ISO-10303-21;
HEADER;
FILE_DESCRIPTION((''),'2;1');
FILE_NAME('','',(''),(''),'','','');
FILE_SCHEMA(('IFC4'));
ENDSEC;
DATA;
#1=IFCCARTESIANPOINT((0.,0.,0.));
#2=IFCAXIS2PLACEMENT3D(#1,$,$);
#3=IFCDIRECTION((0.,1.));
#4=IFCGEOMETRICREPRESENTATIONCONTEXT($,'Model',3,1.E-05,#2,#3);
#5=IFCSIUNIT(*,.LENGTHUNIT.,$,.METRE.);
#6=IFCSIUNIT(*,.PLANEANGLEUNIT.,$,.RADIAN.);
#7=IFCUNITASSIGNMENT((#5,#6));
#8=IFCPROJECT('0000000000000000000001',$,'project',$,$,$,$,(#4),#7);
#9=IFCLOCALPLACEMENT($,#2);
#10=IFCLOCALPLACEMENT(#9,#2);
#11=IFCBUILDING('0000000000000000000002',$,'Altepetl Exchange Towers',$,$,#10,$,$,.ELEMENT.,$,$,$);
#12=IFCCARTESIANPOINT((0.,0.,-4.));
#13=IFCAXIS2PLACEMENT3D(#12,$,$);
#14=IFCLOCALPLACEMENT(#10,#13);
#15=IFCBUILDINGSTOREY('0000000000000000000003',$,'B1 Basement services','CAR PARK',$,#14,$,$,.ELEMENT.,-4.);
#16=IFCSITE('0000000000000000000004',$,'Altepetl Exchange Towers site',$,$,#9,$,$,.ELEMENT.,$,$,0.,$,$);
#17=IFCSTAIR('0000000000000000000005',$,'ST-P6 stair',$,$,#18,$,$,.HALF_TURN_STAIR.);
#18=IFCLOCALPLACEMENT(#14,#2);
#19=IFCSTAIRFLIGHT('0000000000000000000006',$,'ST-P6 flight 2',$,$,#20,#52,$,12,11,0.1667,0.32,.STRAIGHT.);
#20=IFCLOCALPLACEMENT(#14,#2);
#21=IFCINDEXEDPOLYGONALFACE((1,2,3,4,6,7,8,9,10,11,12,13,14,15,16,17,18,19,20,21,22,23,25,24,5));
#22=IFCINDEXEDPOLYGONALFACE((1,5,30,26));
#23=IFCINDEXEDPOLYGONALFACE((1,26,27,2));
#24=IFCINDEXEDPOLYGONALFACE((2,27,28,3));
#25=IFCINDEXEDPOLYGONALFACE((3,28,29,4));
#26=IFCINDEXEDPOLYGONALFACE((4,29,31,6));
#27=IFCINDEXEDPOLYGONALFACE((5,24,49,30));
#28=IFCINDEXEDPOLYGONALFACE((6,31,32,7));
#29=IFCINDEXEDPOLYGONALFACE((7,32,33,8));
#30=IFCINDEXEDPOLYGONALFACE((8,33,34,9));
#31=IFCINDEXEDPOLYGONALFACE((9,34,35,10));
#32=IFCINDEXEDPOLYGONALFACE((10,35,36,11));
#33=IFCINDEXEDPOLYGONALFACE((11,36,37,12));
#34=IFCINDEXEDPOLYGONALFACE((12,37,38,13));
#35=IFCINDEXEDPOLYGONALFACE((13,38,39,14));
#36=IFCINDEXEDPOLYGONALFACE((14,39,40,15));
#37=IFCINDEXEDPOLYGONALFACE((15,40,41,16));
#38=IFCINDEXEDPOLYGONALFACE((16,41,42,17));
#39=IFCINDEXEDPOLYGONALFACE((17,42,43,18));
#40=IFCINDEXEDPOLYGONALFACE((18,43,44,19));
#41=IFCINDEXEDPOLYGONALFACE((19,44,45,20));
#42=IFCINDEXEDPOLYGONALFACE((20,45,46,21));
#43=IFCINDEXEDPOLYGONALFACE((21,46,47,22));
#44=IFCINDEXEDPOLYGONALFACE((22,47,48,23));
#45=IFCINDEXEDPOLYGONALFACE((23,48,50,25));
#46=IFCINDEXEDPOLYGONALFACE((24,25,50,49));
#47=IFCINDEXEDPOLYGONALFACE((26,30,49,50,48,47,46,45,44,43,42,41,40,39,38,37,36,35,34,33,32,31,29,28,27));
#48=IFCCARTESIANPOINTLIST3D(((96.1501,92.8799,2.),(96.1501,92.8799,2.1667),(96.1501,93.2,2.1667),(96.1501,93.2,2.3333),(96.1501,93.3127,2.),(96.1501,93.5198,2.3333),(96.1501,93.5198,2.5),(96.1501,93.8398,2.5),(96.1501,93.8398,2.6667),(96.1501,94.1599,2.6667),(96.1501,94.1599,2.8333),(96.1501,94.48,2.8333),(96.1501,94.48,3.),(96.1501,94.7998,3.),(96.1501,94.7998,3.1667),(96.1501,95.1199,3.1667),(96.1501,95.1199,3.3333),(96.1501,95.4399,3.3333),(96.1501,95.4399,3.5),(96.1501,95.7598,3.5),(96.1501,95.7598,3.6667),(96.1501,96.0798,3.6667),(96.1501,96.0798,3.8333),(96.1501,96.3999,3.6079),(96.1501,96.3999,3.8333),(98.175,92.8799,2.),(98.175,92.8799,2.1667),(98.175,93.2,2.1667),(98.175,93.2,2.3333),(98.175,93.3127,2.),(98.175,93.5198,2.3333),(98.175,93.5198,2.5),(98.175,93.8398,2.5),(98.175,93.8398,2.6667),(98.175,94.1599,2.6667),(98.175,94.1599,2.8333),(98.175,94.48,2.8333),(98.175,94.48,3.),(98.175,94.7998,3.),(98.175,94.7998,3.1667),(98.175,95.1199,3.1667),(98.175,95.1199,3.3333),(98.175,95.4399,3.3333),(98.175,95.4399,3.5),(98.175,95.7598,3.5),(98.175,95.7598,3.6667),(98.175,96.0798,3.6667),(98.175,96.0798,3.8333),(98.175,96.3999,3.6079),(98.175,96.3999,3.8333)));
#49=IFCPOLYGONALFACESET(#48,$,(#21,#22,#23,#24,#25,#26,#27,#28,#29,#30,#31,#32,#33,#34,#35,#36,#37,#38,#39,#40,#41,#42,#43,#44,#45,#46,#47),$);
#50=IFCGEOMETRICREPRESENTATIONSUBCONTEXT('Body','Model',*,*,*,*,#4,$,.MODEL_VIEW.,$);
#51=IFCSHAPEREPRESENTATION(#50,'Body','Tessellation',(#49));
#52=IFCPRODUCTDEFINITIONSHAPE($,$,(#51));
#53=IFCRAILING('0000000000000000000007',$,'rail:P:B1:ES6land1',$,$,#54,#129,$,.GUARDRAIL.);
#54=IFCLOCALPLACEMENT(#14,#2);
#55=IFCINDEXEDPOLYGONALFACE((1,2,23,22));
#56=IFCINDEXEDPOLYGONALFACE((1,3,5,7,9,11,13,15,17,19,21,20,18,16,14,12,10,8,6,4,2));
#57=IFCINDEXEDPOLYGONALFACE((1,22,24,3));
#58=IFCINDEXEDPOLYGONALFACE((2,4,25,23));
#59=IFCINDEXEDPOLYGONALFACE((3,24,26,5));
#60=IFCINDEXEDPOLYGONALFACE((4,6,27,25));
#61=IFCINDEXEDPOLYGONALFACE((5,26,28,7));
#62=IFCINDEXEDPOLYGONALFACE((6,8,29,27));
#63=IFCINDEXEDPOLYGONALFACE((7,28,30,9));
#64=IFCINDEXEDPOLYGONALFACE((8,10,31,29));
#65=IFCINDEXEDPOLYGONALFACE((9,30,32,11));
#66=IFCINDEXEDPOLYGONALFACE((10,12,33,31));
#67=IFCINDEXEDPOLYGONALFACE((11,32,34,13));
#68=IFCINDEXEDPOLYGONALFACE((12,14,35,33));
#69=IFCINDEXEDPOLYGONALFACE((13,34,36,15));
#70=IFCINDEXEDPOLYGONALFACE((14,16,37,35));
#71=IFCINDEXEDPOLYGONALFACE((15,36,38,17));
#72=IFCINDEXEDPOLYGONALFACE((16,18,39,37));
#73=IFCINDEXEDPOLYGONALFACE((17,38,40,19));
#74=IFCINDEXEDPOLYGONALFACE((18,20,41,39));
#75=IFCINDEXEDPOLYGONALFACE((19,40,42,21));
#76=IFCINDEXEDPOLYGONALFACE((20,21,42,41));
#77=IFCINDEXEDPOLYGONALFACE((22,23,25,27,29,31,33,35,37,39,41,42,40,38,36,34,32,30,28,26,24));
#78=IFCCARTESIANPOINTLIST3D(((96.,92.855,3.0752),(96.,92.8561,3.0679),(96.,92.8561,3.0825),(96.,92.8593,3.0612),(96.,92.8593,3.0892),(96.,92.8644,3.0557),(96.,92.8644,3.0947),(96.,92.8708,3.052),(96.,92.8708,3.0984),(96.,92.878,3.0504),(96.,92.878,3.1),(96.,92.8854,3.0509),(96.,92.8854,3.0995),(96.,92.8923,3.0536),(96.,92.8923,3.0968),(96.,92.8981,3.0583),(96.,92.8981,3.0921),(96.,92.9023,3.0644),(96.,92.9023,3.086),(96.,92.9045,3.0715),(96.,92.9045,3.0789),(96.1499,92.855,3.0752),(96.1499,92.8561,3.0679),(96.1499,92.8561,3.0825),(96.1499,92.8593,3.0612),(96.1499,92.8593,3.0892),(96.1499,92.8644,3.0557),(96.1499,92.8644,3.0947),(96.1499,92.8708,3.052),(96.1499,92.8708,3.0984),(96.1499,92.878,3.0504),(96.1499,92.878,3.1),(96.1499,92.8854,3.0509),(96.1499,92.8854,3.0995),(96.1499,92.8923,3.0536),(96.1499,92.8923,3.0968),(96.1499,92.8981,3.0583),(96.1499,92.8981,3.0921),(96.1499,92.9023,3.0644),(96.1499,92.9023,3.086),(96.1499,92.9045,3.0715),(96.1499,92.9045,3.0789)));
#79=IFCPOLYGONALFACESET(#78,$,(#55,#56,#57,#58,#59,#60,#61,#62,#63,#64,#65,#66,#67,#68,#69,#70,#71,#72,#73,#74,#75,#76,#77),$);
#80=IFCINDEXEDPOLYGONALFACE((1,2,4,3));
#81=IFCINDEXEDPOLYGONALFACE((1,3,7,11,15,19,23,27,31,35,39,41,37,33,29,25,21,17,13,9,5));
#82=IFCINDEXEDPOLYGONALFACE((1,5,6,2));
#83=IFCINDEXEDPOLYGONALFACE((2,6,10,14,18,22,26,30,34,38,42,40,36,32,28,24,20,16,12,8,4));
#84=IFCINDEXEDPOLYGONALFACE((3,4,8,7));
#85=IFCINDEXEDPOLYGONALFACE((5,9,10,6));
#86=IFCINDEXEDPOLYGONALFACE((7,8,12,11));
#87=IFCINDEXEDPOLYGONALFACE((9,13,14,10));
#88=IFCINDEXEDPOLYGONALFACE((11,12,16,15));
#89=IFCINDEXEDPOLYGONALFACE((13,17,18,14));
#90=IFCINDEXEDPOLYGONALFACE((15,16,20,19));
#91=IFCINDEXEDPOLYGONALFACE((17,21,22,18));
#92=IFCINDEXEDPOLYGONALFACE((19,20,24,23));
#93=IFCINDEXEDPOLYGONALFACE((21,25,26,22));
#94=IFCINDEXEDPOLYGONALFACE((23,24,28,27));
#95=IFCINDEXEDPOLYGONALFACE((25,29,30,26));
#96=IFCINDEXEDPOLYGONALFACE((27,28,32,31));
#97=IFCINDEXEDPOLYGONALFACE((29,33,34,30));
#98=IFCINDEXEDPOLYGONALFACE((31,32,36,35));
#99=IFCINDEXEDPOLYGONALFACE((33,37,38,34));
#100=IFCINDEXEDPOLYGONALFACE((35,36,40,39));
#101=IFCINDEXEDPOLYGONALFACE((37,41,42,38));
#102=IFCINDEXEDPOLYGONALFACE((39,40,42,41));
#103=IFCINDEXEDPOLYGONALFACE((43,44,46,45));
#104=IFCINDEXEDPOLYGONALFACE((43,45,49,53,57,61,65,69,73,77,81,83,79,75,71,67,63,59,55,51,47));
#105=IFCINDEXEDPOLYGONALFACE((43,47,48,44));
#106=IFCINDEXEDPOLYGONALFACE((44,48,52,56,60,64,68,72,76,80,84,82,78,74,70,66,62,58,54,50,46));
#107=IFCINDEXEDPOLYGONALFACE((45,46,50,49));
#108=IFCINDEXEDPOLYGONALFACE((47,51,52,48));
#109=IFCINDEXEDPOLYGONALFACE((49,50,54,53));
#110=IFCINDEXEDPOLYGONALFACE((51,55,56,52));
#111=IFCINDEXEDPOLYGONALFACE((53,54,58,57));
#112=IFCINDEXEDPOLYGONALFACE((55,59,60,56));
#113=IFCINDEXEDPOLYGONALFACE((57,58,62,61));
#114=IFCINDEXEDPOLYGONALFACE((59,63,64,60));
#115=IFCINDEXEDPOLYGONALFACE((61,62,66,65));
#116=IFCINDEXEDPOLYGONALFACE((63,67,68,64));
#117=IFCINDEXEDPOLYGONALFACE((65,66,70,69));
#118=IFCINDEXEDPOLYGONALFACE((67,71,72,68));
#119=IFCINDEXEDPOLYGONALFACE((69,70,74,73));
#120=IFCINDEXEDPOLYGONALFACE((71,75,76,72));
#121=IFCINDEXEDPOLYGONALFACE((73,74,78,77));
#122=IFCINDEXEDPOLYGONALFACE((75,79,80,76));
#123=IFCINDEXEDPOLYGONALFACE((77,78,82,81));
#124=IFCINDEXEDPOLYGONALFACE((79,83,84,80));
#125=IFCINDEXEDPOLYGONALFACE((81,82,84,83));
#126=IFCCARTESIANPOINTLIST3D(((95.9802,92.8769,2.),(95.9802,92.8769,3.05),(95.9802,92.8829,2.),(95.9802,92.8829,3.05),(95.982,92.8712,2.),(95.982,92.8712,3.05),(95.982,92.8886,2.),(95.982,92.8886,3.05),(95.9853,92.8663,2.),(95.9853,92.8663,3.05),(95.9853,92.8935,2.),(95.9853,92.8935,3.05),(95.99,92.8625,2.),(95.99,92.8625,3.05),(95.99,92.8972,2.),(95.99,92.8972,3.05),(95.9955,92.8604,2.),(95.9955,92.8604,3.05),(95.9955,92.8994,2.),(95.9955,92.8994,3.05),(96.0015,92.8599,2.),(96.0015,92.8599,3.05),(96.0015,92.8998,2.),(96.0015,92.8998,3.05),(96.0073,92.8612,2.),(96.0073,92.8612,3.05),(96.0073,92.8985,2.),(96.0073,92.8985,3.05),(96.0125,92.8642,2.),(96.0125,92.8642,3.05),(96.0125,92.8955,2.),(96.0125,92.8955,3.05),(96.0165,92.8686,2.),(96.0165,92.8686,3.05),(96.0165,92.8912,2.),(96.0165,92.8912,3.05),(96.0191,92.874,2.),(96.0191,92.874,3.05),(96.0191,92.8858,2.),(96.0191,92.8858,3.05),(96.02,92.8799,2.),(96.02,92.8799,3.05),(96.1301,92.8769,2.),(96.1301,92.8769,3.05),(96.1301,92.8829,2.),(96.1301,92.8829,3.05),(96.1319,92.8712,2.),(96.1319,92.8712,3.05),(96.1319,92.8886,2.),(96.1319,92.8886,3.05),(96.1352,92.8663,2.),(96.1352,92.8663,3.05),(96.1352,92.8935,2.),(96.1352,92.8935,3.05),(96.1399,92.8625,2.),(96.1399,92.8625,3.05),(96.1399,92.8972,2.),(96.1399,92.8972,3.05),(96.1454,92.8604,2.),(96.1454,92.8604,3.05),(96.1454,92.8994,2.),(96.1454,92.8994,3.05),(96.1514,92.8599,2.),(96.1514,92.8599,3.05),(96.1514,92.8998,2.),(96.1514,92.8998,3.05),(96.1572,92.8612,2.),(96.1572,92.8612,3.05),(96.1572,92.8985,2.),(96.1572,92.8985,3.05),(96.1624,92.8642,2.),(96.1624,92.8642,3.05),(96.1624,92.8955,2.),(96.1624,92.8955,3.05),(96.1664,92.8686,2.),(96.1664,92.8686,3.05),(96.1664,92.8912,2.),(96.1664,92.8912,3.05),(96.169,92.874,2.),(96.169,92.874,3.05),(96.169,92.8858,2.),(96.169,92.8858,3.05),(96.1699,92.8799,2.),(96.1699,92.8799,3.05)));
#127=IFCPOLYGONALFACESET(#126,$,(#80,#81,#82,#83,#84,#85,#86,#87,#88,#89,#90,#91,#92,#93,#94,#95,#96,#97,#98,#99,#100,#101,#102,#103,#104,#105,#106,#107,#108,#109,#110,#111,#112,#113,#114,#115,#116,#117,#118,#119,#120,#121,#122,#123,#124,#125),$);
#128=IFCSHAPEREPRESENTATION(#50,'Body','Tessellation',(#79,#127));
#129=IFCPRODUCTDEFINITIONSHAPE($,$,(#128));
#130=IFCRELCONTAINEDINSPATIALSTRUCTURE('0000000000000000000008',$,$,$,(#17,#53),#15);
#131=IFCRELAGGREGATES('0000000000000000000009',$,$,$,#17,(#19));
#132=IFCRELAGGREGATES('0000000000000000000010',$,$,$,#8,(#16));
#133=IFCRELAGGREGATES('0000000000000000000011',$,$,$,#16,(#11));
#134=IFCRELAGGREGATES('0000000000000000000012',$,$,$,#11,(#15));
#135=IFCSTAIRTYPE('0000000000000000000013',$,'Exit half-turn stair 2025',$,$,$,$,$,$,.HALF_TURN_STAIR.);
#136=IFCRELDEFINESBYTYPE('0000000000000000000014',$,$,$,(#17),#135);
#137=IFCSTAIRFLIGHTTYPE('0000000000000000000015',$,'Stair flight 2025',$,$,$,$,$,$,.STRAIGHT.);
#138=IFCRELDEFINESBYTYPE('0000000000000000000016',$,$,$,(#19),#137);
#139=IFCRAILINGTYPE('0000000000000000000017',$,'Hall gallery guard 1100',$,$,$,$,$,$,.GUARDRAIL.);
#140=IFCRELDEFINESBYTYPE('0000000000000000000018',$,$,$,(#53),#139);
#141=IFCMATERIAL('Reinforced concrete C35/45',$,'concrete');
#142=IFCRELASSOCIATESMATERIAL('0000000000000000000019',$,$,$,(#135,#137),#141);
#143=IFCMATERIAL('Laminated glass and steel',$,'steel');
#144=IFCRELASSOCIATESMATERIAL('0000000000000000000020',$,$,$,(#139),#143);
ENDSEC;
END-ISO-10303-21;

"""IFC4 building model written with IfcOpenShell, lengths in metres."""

from ifc_helpers import new_model, si_unit, direction, frame, origin, origin_2d, place, context, subcontext, project, spatial, polyline, circle, outline, extrude, source, transform, mapped, material, type_object, element, aggregate, save


model = new_model("IFC4")

# Units and contexts
model_context = context("Model", 3, precision=1e-05, world=origin(), true_north=direction((0.0, 1.0)))
body_context = subcontext(model_context, "Body", "Model", "MODEL_VIEW")
ifc_project = project(units=[si_unit("LENGTHUNIT", "METRE"), si_unit("PLANEANGLEUNIT", "RADIAN")], contexts=[model_context])

# Site, building, storey
site_placement = place(None, origin())
site = spatial("IfcSite", under=ifc_project, at=site_placement, Name="Altepetl Exchange Towers site", CompositionType="ELEMENT", RefElevation=0.0)
building_placement = place(site_placement, origin())
building = spatial("IfcBuilding", under=site, at=building_placement, Name="Altepetl Exchange Towers", CompositionType="ELEMENT")
storey_placement = place(building_placement, frame((0.0, 0.0, -4.0)))
storey = spatial("IfcBuildingStorey", under=building, at=storey_placement, Name="B1 Basement services", Description="CAR PARK", CompositionType="ELEMENT", Elevation=-4.0)

# Shared definitions
ifc_material_1 = material(Name="Reinforced concrete C35/45", Category="concrete")

# Stair, stair flight
stair_type = type_object("IfcStairType", Name="Exit half-turn stair 2025", PredefinedType="HALF_TURN_STAIR", material=ifc_material_1)
stair_placement = place(storey_placement, origin())
stair = element("IfcStair", 1, at=stair_placement, inside=storey, type_object=stair_type, Name="ST-P6 stair", PredefinedType="HALF_TURN_STAIR")
stair_flight_type = type_object("IfcStairFlightType", Name="Stair flight 2025", PredefinedType="STRAIGHT", material=ifc_material_1)
stair_flight_placement = place(storey_placement, frame((97.1626, 92.8799, 2.0), z_axis=(0.0, 0.0, 1.0), x_axis=(0.0, 1.0, 0.0)))
stair_flight = element("IfcStairFlight", 2, at=stair_flight_placement, type_object=stair_flight_type, Name="ST-P6 flight 2", NumberOfRisers=12, NumberOfTreads=11, PredefinedType="STRAIGHT", RiserHeight=0.1667, TreadLength=0.32, context=body_context, shape_type="SweptSolid", body=[
    extrude(outline(polyline([(0.0, 0.0), (0.0, 0.1667), (0.3201, 0.1667), (0.3201, 0.3333), (0.6399, 0.3333), (0.6399, 0.5), (0.96, 0.5), (0.96, 0.6667), (1.28, 0.6667), (1.28, 0.8333), (1.6001, 0.8333), (1.6001, 1.0), (1.9199, 1.0), (1.9199, 1.1667), (2.24, 1.1667), (2.24, 1.3333), (2.5601, 1.3333), (2.5601, 1.5), (2.8799, 1.5), (2.8799, 1.6667), (3.2, 1.6667), (3.2, 1.8333), (3.52, 1.8333), (3.52, 2.0), (3.52, 1.6079), (0.4329, 0.0), (0.0, 0.0)])), frame((0.0, 1.0125, 0.0), z_axis=(0.0, -1.0, 0.0), x_axis=(1.0, 0.0, 0.0)), (0.0, 0.0, 1.0), 2.0249),
])
aggregate(stair, [stair_flight])

# Railing
ifc_material_2 = material(Name="Laminated glass and steel", Category="steel")
railing_type_1 = type_object("IfcRailingType", Name="Hall gallery guard 1100", PredefinedType="GUARDRAIL", material=ifc_material_2)
shared_shape_1 = source(origin(), body_context, "Body", "SweptSolid", [
    extrude(circle(Radius=0.02, at=origin_2d()), origin(), (0.0, 0.0, 1.0), 1.05),
])
railing_1_placement = place(storey_placement, frame((96.1499, 92.8799, 2.0)))
element("IfcRailing", 3, at=railing_1_placement, inside=storey, type_object=railing_type_1, Name="rail:P:B1:ES6land1", PredefinedType="GUARDRAIL", context=body_context, shape_type="SweptSolid", body=[
    extrude(circle(Radius=0.0249, at=origin_2d()), frame((0.0, 0.0, 1.0752), z_axis=(-1.0, 0.0, 0.0), x_axis=(0.0, -1.0, 0.0)), (0.0, 0.0, 1.0), 0.1499),
    mapped(shared_shape_1, transform((0.0, 0.0, 0.0))),
    mapped(shared_shape_1, transform((-0.1499, 0.0, 0.0))),
])

save(model, "model.ifc")
